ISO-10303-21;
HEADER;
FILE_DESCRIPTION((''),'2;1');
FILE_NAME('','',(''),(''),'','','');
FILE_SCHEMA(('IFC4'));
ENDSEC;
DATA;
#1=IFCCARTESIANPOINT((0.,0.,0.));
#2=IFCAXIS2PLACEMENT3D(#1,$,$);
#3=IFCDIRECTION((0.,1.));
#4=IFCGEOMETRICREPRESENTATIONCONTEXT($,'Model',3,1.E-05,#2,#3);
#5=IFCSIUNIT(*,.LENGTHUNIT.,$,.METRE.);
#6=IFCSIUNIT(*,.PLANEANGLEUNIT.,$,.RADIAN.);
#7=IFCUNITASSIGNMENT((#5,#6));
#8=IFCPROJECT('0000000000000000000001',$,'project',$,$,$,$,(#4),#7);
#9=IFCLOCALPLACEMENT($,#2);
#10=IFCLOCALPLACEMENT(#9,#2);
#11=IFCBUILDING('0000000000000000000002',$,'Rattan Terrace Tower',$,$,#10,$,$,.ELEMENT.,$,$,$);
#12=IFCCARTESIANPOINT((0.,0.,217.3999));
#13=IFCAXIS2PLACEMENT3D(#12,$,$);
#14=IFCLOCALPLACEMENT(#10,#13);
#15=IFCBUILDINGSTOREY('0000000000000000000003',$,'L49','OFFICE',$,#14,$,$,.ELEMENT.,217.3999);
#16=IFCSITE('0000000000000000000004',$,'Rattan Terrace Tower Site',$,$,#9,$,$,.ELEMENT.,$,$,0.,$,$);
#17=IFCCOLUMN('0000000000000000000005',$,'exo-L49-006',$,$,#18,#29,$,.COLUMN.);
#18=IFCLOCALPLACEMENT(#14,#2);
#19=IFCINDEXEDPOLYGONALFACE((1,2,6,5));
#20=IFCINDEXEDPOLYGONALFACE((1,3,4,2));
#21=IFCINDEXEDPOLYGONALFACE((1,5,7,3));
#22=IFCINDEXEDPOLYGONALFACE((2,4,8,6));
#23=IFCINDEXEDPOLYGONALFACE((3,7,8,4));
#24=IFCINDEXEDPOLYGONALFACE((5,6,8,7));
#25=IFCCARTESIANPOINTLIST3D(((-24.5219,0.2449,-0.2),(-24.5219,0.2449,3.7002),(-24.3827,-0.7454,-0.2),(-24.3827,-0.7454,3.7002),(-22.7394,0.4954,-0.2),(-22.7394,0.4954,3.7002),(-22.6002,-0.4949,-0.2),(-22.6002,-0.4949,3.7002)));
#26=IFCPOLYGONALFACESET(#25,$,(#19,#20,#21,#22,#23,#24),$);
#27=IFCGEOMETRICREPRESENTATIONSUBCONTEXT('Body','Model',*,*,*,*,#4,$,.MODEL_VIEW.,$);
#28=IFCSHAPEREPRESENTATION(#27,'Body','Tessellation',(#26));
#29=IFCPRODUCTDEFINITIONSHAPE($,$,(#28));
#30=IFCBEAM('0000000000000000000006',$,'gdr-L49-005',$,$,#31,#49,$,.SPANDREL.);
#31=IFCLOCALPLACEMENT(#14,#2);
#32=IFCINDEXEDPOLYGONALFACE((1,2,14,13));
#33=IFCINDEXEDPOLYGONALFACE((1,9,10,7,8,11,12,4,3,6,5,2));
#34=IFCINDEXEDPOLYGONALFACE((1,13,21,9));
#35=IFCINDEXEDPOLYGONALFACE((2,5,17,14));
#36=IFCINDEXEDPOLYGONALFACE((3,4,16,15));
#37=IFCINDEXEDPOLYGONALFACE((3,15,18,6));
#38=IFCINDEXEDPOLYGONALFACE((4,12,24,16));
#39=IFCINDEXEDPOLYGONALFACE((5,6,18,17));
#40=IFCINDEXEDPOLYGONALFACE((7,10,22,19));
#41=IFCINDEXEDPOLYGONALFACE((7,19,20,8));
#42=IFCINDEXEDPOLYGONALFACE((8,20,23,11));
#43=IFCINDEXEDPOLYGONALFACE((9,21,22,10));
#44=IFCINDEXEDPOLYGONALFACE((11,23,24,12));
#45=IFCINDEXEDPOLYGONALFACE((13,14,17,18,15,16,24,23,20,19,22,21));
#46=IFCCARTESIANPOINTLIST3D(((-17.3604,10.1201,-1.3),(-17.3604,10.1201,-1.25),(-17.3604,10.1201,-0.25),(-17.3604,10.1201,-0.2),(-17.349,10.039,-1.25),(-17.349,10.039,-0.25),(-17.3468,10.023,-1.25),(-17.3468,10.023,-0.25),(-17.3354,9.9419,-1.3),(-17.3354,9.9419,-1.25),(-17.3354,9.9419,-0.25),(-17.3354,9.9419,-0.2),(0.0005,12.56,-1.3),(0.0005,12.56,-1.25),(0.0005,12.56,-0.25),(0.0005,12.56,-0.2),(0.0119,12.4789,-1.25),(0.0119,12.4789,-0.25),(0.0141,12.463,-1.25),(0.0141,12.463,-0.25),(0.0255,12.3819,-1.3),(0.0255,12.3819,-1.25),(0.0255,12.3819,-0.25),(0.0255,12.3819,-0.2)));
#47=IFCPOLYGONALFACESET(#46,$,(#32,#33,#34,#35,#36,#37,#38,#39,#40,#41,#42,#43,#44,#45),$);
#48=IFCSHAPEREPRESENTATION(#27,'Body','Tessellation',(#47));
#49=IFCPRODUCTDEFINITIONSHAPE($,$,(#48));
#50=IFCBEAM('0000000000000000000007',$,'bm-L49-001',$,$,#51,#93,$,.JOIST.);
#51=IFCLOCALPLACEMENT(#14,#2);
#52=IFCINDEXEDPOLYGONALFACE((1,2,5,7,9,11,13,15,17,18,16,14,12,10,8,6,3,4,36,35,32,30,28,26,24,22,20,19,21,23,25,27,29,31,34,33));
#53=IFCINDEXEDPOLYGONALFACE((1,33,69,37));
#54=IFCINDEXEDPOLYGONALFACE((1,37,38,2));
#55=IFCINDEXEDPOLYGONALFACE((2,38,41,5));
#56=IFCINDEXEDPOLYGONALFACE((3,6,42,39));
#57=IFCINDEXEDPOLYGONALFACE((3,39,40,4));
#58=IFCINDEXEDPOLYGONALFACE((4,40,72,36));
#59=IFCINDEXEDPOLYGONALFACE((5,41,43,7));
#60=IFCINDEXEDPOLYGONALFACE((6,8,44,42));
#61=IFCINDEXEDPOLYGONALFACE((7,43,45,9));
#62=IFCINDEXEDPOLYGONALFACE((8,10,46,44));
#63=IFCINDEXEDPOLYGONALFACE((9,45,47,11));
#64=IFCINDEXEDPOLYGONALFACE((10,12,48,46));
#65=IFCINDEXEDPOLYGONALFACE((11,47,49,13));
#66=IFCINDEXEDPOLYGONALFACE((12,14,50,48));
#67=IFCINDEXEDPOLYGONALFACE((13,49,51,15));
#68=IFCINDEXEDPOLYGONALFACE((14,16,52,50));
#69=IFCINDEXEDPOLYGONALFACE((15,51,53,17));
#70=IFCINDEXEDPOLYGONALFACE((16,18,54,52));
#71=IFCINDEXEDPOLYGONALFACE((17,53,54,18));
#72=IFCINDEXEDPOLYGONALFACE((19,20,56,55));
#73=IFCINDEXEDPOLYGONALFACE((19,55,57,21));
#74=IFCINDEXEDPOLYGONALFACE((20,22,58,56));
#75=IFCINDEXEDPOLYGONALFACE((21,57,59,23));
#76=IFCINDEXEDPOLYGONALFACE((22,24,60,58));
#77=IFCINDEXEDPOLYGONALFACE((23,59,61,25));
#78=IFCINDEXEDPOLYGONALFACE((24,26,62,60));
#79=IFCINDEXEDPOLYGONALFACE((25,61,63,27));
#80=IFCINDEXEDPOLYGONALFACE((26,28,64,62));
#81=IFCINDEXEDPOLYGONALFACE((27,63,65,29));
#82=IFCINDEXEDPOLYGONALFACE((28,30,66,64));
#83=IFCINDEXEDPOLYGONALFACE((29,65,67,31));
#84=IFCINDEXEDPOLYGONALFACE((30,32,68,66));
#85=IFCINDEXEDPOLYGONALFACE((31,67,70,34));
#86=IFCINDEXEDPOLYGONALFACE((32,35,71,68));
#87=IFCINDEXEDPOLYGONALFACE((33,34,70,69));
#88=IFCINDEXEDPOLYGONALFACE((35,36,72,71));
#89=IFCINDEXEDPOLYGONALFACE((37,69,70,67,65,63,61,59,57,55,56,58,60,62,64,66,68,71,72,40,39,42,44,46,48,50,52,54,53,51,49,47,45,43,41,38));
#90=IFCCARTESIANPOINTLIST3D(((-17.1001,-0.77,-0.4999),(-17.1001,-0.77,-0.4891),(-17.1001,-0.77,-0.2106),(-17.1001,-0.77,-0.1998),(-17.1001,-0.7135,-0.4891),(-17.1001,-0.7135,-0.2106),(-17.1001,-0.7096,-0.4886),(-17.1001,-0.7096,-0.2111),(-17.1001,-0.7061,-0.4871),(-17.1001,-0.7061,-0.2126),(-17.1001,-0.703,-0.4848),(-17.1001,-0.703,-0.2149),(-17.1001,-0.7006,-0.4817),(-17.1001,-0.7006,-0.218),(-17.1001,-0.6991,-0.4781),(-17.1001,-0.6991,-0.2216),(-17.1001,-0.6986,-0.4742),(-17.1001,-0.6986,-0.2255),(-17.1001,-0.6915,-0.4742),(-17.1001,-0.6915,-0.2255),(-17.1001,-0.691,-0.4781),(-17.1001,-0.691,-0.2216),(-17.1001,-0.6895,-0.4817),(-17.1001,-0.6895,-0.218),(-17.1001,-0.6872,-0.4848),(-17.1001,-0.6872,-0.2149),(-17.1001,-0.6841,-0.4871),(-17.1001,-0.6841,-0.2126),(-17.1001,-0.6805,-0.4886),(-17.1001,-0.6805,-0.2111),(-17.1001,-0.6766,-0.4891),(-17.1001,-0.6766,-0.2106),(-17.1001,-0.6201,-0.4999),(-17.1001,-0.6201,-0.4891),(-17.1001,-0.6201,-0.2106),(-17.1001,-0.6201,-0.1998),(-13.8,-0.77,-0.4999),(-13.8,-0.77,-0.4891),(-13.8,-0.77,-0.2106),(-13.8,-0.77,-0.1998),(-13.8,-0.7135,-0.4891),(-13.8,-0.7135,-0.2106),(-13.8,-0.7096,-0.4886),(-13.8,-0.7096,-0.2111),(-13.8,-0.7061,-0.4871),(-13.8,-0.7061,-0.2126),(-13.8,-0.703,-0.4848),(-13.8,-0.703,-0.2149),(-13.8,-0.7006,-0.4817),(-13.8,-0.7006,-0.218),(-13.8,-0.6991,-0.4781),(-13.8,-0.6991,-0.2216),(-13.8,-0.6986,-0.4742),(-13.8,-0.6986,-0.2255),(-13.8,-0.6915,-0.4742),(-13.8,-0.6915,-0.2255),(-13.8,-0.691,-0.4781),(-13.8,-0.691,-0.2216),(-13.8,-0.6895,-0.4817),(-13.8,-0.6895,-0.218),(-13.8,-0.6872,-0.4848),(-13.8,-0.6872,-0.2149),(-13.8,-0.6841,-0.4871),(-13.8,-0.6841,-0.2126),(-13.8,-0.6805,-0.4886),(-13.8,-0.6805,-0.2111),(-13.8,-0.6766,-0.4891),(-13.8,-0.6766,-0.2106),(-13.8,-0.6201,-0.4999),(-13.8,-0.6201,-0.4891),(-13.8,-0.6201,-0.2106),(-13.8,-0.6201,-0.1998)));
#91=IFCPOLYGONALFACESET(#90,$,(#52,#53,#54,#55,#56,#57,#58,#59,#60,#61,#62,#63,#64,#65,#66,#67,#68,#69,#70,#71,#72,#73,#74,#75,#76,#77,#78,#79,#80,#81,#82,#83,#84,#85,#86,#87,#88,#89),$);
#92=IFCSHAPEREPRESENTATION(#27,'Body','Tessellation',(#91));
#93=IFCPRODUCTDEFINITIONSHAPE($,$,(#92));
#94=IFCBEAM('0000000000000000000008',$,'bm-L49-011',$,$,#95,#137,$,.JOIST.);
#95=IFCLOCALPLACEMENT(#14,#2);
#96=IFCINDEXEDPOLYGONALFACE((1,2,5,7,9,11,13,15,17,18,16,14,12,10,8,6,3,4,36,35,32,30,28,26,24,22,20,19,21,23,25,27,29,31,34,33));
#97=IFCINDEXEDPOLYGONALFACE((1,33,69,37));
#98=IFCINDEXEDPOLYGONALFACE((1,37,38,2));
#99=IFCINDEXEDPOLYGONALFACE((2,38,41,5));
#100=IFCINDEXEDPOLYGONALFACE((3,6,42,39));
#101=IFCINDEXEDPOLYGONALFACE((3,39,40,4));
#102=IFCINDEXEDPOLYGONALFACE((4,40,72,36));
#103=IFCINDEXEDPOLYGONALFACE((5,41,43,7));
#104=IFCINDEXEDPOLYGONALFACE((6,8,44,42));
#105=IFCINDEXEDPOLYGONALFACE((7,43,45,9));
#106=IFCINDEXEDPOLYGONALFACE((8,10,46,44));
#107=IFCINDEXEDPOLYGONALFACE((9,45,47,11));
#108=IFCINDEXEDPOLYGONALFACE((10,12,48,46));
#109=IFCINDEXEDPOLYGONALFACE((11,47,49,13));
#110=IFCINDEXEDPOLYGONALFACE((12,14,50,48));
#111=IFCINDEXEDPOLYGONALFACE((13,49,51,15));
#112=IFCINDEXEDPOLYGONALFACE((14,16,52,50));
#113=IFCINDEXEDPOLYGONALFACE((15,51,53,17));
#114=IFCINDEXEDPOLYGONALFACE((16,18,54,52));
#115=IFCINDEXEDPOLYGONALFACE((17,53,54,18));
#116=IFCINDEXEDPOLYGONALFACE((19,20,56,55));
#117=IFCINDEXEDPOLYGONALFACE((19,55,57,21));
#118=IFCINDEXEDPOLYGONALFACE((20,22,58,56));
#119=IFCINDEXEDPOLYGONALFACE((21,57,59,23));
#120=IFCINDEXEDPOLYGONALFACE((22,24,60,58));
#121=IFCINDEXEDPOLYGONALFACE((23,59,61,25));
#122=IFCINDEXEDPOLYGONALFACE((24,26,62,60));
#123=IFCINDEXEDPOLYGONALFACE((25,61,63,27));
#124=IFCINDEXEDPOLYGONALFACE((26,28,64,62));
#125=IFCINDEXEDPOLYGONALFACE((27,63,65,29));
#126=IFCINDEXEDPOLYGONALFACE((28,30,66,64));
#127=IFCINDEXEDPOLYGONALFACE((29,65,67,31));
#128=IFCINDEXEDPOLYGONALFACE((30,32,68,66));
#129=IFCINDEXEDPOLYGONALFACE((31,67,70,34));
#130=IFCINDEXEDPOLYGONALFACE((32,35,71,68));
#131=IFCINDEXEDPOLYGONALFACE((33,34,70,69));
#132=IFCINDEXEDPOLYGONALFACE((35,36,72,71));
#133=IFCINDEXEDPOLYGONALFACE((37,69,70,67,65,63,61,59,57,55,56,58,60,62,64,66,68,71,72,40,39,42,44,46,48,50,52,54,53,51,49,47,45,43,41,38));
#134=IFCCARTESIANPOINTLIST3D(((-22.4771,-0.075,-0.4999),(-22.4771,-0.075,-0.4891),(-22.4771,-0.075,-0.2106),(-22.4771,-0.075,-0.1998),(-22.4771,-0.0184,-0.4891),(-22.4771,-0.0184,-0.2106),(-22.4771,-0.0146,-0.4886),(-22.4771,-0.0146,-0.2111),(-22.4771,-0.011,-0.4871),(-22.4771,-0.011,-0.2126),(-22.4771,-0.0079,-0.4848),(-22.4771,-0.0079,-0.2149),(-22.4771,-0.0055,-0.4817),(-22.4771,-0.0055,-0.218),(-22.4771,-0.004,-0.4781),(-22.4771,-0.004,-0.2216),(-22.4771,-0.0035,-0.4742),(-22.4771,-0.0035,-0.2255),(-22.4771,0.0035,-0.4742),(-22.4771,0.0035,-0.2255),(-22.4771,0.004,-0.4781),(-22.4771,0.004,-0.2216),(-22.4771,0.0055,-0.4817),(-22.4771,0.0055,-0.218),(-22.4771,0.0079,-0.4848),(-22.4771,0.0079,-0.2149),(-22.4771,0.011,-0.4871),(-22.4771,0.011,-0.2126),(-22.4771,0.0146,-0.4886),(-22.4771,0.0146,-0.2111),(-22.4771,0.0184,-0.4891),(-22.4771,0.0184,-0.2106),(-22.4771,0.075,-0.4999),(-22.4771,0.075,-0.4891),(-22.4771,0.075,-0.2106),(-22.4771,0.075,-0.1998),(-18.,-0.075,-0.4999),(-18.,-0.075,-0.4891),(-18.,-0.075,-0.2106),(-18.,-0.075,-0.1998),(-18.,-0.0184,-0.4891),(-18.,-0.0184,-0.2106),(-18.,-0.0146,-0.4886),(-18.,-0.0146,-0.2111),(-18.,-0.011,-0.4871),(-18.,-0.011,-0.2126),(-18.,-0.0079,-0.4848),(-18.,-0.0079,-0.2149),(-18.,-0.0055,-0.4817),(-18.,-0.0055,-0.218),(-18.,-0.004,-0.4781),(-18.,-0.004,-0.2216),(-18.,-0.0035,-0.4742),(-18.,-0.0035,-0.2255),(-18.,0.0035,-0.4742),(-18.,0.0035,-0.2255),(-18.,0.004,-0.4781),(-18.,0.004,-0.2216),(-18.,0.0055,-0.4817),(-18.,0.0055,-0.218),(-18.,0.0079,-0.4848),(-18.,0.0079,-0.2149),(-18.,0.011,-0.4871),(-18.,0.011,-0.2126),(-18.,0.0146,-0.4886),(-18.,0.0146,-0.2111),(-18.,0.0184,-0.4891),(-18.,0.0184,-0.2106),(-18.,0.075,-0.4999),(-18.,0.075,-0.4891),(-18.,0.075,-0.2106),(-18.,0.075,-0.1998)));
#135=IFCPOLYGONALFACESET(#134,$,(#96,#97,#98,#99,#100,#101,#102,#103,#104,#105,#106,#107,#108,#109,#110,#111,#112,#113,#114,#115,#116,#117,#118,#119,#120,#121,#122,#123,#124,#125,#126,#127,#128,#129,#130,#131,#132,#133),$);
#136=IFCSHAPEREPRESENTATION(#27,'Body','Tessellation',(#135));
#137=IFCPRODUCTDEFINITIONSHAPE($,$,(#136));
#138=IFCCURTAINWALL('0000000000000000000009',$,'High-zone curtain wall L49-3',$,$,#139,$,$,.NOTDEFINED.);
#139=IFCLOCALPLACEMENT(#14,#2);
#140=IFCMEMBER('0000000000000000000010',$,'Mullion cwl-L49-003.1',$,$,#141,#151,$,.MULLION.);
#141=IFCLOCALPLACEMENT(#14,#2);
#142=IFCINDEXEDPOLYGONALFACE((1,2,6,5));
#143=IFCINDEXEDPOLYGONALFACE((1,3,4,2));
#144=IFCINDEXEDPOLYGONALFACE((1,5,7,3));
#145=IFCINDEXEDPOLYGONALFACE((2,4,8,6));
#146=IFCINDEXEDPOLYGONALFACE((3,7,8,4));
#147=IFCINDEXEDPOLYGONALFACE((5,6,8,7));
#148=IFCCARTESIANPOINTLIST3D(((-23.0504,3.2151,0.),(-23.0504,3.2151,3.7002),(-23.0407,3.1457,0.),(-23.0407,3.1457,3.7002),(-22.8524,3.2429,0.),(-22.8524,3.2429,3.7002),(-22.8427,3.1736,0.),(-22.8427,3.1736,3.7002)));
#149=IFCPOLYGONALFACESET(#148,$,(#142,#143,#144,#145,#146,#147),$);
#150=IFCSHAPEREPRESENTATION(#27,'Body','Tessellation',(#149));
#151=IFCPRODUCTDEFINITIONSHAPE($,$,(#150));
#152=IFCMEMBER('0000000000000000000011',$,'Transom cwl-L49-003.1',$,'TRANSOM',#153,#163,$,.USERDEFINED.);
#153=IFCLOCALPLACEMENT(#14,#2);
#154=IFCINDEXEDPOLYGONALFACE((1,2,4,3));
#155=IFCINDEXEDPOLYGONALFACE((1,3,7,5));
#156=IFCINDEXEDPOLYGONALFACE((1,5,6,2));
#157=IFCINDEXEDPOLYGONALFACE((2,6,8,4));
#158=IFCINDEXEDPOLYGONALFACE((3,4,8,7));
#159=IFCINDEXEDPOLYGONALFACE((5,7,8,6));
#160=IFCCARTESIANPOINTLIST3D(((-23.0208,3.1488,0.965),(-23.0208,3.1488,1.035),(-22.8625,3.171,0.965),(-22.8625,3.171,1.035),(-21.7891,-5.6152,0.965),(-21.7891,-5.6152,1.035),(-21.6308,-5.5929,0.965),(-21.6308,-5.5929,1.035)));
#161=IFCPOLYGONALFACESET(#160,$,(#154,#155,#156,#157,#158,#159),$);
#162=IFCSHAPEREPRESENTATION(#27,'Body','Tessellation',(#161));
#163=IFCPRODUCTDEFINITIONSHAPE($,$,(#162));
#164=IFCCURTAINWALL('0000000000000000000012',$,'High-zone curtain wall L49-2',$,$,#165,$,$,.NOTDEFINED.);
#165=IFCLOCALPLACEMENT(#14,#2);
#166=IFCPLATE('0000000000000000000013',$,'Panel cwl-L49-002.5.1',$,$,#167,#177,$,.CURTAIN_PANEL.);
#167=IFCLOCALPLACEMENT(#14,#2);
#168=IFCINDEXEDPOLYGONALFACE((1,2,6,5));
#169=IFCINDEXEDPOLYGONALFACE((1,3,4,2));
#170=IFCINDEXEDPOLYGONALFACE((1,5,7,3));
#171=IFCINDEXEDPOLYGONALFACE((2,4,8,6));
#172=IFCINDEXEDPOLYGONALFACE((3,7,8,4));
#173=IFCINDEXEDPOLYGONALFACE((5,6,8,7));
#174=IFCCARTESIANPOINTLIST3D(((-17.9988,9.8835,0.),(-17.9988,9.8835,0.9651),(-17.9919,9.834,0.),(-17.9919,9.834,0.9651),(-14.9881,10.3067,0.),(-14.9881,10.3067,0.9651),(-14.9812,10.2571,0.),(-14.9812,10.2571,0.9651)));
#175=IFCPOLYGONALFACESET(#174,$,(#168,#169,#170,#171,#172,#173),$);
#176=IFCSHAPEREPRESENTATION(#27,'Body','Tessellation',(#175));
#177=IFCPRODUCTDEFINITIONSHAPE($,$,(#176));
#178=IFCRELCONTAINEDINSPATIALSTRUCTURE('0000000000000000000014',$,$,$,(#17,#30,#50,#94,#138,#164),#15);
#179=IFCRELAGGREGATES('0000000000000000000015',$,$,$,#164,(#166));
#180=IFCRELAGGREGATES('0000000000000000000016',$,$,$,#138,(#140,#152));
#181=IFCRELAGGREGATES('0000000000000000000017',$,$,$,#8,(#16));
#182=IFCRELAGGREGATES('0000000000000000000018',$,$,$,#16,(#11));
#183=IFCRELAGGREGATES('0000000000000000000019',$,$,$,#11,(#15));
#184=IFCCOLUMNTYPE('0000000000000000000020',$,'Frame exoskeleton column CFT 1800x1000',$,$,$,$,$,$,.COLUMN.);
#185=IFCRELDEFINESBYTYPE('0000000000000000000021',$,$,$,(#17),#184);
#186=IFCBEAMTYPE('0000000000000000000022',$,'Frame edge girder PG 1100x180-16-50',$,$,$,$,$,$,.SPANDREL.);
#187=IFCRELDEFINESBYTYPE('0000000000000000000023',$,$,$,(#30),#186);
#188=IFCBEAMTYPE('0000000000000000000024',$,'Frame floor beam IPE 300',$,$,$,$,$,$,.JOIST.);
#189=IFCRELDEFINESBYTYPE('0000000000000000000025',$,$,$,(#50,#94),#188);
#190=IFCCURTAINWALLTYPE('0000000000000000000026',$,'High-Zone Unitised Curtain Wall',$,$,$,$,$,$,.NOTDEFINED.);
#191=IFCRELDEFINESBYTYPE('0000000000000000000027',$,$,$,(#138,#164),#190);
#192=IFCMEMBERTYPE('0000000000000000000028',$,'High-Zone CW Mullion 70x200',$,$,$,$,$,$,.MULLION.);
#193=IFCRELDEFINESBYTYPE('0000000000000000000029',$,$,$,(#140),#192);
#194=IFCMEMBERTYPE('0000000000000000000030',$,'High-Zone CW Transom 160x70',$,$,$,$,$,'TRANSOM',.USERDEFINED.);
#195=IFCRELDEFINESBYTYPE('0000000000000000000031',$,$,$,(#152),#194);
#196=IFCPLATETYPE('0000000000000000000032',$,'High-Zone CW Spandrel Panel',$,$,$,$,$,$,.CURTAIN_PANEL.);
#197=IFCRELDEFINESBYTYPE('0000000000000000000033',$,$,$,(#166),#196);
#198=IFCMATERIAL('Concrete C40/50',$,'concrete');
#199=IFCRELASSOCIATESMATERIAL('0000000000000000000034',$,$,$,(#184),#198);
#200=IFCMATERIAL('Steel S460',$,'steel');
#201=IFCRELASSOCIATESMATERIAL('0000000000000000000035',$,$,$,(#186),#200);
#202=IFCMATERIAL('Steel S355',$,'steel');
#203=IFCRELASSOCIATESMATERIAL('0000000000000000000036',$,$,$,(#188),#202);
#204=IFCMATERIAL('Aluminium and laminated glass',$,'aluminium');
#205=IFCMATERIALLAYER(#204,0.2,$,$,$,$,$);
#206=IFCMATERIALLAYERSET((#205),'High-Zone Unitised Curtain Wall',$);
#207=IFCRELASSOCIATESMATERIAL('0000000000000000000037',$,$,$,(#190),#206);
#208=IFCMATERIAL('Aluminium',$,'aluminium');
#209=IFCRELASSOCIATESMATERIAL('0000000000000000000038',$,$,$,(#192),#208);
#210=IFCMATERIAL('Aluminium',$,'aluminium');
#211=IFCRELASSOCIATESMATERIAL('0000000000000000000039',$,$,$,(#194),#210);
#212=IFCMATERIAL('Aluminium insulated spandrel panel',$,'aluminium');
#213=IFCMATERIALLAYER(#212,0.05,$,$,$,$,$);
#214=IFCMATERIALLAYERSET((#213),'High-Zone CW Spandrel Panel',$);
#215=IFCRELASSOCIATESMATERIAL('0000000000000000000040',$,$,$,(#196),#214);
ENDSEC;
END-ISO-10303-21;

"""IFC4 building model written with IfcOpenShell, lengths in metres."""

from ifc_helpers import new_model, si_unit, direction, frame, origin, origin_2d, place, context, subcontext, project, spatial, rectangle, i_section, extrude, material, layer, layer_set, material_profile, profile_set, type_object, element, aggregate, save


model = new_model("IFC4")

# Units and contexts
model_context = context("Model", 3, precision=1e-05, world=origin(), true_north=direction((0.0, 1.0)))
body_context = subcontext(model_context, "Body", "Model", "MODEL_VIEW")
ifc_project = project(units=[si_unit("LENGTHUNIT", "METRE"), si_unit("PLANEANGLEUNIT", "RADIAN")], contexts=[model_context])

# Site, building, storey
site_placement = place(None, origin())
site = spatial("IfcSite", under=ifc_project, at=site_placement, Name="Rattan Terrace Tower Site", CompositionType="ELEMENT", RefElevation=0.0)
building_placement = place(site_placement, origin())
building = spatial("IfcBuilding", under=site, at=building_placement, Name="Rattan Terrace Tower", CompositionType="ELEMENT")
storey_placement = place(building_placement, frame((0.0, 0.0, 217.3999)))
storey = spatial("IfcBuildingStorey", under=building, at=storey_placement, Name="L49", Description="OFFICE", CompositionType="ELEMENT", Elevation=217.3999)

# Column
ifc_material_1 = material(Name="Concrete C40/50", Category="concrete")
ifc_material_profile_1 = material_profile(ifc_material_1, rectangle(XDim=1.0, YDim=1.8, at=origin_2d()), Name="CFT 1800x1000")
ifc_profile_set_1 = profile_set([ifc_material_profile_1], Name="Concrete C40/50")
column_type = type_object("IfcColumnType", Name="Frame exoskeleton column CFT 1800x1000", PredefinedType="COLUMN", material=ifc_profile_set_1)
column_placement = place(storey_placement, frame((-23.561, -0.125, -0.2), z_axis=(0.0, 0.0, 1.0), x_axis=(-0.13919, 0.990266, 0.0)))
element("IfcColumn", 1, at=column_placement, inside=storey, type_object=column_type, Name="exo-L49-006", PredefinedType="COLUMN", context=body_context, shape_type="SweptSolid", body=[
    extrude(rectangle(XDim=1.0, YDim=1.8, at=origin_2d()), origin(), (0.0, 0.0, 1.0), 3.9001),
])

# Beams
ifc_material_2 = material(Name="Steel S460", Category="steel")
ifc_material_profile_2 = material_profile(ifc_material_2, i_section(OverallWidth=0.1799, OverallDepth=1.1001, WebThickness=0.0161, FlangeThickness=0.05, at=origin_2d()), Name="PG 1100x180-16-50")
ifc_profile_set_2 = profile_set([ifc_material_profile_2], Name="Steel S460")
beam_type_1 = type_object("IfcBeamType", Name="Frame edge girder PG 1100x180-16-50", PredefinedType="SPANDREL", material=ifc_profile_set_2)
beam_1_placement = place(storey_placement, frame((-17.3479, 10.031, -0.75), z_axis=(0.990268, 0.139175, 0.0), x_axis=(-0.139175, 0.990268, 0.0)))
element("IfcBeam", 2, at=beam_1_placement, inside=storey, type_object=beam_type_1, Name="gdr-L49-005", PredefinedType="SPANDREL", context=body_context, shape_type="SweptSolid", body=[
    extrude(i_section(OverallWidth=0.1799, OverallDepth=1.1001, WebThickness=0.0161, FlangeThickness=0.05, at=origin_2d()), origin(), (0.0, 0.0, 1.0), 17.5315),
])
ifc_material_3 = material(Name="Steel S355", Category="steel")
ifc_material_profile_3 = material_profile(ifc_material_3, i_section(OverallWidth=0.1499, OverallDepth=0.3, WebThickness=0.0071, FlangeThickness=0.0107, FilletRadius=0.0149, at=origin_2d()), Name="IPE 300")
ifc_profile_set_3 = profile_set([ifc_material_profile_3], Name="Steel S355")
beam_type_2 = type_object("IfcBeamType", Name="Frame floor beam IPE 300", PredefinedType="JOIST", material=ifc_profile_set_3)
beam_2_placement = place(storey_placement, frame((-17.1001, -0.6951, -0.3499), z_axis=(1.0, 0.0, 0.0), x_axis=(0.0, 1.0, 0.0)))
element("IfcBeam", 3, at=beam_2_placement, inside=storey, type_object=beam_type_2, Name="bm-L49-001", PredefinedType="JOIST", context=body_context, shape_type="SweptSolid", body=[
    extrude(i_section(OverallWidth=0.1499, OverallDepth=0.3, WebThickness=0.0071, FlangeThickness=0.0107, FilletRadius=0.0149, at=origin_2d()), origin(), (0.0, 0.0, 1.0), 3.3),
])
beam_3_placement = place(storey_placement, frame((-22.4771, 0.0, -0.3499), z_axis=(1.0, 0.0, 0.0), x_axis=(0.0, 1.0, 0.0)))
element("IfcBeam", 4, at=beam_3_placement, inside=storey, type_object=beam_type_2, Name="bm-L49-011", PredefinedType="JOIST", context=body_context, shape_type="SweptSolid", body=[
    extrude(i_section(OverallWidth=0.1499, OverallDepth=0.3, WebThickness=0.0071, FlangeThickness=0.0107, FilletRadius=0.0149, at=origin_2d()), origin(), (0.0, 0.0, 1.0), 4.4771),
])

# Curtain wall, members
ifc_material_4 = material(Name="Aluminium and laminated glass", Category="aluminium")
ifc_layer_1 = layer(ifc_material_4, 0.2)
ifc_layer_set_1 = layer_set([ifc_layer_1], Name="High-Zone Unitised Curtain Wall")
curtain_wall_type = type_object("IfcCurtainWallType", Name="High-Zone Unitised Curtain Wall", PredefinedType="NOTDEFINED", material=ifc_layer_set_1)
curtain_wall_1_placement = place(storey_placement, origin())
curtain_wall_1 = element("IfcCurtainWall", 5, at=curtain_wall_1_placement, inside=storey, type_object=curtain_wall_type, Name="High-zone curtain wall L49-3", PredefinedType="NOTDEFINED")
ifc_material_5 = material(Name="Aluminium", Category="aluminium")
ifc_material_profile_4 = material_profile(ifc_material_5, rectangle(XDim=0.0701, YDim=0.2, at=origin_2d()), Name="Aluminium 70x200")
ifc_profile_set_4 = profile_set([ifc_material_profile_4], Name="Aluminium")
member_type_1 = type_object("IfcMemberType", Name="High-Zone CW Mullion 70x200", PredefinedType="MULLION", material=ifc_profile_set_4)
member_1_placement = place(storey_placement, frame((-22.9465, 3.1943, 0.0), z_axis=(0.0, 0.0, 1.0), x_axis=(0.139186, -0.990266, 0.0)))
member_1 = element("IfcMember", 6, at=member_1_placement, type_object=member_type_1, Name="Mullion cwl-L49-003.1", PredefinedType="MULLION", context=body_context, shape_type="SweptSolid", body=[
    extrude(rectangle(XDim=0.0701, YDim=0.2, at=origin_2d()), origin(), (0.0, 0.0, 1.0), 3.7002),
])
ifc_material_6 = material(Name="Aluminium", Category="aluminium")
ifc_material_profile_5 = material_profile(ifc_material_6, rectangle(XDim=0.1599, YDim=0.0701, at=origin_2d()), Name="Aluminium 160x70")
ifc_profile_set_5 = profile_set([ifc_material_profile_5], Name="Aluminium")
member_type_2 = type_object("IfcMemberType", Name="High-Zone CW Transom 160x70", ElementType="TRANSOM", PredefinedType="USERDEFINED", material=ifc_profile_set_5)
member_2_placement = place(storey_placement, frame((-22.9417, 3.1599, 1.0), z_axis=(0.139173, -0.990268, 0.0), x_axis=(0.990268, 0.139173, 0.0)))
member_2 = element("IfcMember", 7, at=member_2_placement, type_object=member_type_2, Name="Transom cwl-L49-003.1", ObjectType="TRANSOM", PredefinedType="USERDEFINED", context=body_context, shape_type="SweptSolid", body=[
    extrude(rectangle(XDim=0.1599, YDim=0.0701, at=origin_2d()), origin(), (0.0, 0.0, 1.0), 8.8501),
])

# Curtain wall, plate
curtain_wall_2_placement = place(storey_placement, origin())
curtain_wall_2 = element("IfcCurtainWall", 8, at=curtain_wall_2_placement, inside=storey, type_object=curtain_wall_type, Name="High-zone curtain wall L49-2", PredefinedType="NOTDEFINED")
ifc_material_7 = material(Name="Aluminium insulated spandrel panel", Category="aluminium")
ifc_layer_2 = layer(ifc_material_7, 0.05)
ifc_layer_set_2 = layer_set([ifc_layer_2], Name="High-Zone CW Spandrel Panel")
plate_type_1 = type_object("IfcPlateType", Name="High-Zone CW Spandrel Panel", PredefinedType="CURTAIN_PANEL", material=ifc_layer_set_2)
plate_1_placement = place(storey_placement, frame((-16.49, 10.0703, 0.0), z_axis=(0.0, 0.0, 1.0), x_axis=(-0.990267, -0.139177, 0.0)))
plate_1 = element("IfcPlate", 9, at=plate_1_placement, type_object=plate_type_1, Name="Panel cwl-L49-002.5.1", PredefinedType="CURTAIN_PANEL", context=body_context, shape_type="SweptSolid", body=[
    extrude(rectangle(XDim=3.0403, YDim=0.05, at=origin_2d()), origin(), (0.0, 0.0, 1.0), 0.9651),
])

aggregate(curtain_wall_2, [plate_1])
aggregate(curtain_wall_1, [member_1, member_2])

save(model, "model.ifc")
